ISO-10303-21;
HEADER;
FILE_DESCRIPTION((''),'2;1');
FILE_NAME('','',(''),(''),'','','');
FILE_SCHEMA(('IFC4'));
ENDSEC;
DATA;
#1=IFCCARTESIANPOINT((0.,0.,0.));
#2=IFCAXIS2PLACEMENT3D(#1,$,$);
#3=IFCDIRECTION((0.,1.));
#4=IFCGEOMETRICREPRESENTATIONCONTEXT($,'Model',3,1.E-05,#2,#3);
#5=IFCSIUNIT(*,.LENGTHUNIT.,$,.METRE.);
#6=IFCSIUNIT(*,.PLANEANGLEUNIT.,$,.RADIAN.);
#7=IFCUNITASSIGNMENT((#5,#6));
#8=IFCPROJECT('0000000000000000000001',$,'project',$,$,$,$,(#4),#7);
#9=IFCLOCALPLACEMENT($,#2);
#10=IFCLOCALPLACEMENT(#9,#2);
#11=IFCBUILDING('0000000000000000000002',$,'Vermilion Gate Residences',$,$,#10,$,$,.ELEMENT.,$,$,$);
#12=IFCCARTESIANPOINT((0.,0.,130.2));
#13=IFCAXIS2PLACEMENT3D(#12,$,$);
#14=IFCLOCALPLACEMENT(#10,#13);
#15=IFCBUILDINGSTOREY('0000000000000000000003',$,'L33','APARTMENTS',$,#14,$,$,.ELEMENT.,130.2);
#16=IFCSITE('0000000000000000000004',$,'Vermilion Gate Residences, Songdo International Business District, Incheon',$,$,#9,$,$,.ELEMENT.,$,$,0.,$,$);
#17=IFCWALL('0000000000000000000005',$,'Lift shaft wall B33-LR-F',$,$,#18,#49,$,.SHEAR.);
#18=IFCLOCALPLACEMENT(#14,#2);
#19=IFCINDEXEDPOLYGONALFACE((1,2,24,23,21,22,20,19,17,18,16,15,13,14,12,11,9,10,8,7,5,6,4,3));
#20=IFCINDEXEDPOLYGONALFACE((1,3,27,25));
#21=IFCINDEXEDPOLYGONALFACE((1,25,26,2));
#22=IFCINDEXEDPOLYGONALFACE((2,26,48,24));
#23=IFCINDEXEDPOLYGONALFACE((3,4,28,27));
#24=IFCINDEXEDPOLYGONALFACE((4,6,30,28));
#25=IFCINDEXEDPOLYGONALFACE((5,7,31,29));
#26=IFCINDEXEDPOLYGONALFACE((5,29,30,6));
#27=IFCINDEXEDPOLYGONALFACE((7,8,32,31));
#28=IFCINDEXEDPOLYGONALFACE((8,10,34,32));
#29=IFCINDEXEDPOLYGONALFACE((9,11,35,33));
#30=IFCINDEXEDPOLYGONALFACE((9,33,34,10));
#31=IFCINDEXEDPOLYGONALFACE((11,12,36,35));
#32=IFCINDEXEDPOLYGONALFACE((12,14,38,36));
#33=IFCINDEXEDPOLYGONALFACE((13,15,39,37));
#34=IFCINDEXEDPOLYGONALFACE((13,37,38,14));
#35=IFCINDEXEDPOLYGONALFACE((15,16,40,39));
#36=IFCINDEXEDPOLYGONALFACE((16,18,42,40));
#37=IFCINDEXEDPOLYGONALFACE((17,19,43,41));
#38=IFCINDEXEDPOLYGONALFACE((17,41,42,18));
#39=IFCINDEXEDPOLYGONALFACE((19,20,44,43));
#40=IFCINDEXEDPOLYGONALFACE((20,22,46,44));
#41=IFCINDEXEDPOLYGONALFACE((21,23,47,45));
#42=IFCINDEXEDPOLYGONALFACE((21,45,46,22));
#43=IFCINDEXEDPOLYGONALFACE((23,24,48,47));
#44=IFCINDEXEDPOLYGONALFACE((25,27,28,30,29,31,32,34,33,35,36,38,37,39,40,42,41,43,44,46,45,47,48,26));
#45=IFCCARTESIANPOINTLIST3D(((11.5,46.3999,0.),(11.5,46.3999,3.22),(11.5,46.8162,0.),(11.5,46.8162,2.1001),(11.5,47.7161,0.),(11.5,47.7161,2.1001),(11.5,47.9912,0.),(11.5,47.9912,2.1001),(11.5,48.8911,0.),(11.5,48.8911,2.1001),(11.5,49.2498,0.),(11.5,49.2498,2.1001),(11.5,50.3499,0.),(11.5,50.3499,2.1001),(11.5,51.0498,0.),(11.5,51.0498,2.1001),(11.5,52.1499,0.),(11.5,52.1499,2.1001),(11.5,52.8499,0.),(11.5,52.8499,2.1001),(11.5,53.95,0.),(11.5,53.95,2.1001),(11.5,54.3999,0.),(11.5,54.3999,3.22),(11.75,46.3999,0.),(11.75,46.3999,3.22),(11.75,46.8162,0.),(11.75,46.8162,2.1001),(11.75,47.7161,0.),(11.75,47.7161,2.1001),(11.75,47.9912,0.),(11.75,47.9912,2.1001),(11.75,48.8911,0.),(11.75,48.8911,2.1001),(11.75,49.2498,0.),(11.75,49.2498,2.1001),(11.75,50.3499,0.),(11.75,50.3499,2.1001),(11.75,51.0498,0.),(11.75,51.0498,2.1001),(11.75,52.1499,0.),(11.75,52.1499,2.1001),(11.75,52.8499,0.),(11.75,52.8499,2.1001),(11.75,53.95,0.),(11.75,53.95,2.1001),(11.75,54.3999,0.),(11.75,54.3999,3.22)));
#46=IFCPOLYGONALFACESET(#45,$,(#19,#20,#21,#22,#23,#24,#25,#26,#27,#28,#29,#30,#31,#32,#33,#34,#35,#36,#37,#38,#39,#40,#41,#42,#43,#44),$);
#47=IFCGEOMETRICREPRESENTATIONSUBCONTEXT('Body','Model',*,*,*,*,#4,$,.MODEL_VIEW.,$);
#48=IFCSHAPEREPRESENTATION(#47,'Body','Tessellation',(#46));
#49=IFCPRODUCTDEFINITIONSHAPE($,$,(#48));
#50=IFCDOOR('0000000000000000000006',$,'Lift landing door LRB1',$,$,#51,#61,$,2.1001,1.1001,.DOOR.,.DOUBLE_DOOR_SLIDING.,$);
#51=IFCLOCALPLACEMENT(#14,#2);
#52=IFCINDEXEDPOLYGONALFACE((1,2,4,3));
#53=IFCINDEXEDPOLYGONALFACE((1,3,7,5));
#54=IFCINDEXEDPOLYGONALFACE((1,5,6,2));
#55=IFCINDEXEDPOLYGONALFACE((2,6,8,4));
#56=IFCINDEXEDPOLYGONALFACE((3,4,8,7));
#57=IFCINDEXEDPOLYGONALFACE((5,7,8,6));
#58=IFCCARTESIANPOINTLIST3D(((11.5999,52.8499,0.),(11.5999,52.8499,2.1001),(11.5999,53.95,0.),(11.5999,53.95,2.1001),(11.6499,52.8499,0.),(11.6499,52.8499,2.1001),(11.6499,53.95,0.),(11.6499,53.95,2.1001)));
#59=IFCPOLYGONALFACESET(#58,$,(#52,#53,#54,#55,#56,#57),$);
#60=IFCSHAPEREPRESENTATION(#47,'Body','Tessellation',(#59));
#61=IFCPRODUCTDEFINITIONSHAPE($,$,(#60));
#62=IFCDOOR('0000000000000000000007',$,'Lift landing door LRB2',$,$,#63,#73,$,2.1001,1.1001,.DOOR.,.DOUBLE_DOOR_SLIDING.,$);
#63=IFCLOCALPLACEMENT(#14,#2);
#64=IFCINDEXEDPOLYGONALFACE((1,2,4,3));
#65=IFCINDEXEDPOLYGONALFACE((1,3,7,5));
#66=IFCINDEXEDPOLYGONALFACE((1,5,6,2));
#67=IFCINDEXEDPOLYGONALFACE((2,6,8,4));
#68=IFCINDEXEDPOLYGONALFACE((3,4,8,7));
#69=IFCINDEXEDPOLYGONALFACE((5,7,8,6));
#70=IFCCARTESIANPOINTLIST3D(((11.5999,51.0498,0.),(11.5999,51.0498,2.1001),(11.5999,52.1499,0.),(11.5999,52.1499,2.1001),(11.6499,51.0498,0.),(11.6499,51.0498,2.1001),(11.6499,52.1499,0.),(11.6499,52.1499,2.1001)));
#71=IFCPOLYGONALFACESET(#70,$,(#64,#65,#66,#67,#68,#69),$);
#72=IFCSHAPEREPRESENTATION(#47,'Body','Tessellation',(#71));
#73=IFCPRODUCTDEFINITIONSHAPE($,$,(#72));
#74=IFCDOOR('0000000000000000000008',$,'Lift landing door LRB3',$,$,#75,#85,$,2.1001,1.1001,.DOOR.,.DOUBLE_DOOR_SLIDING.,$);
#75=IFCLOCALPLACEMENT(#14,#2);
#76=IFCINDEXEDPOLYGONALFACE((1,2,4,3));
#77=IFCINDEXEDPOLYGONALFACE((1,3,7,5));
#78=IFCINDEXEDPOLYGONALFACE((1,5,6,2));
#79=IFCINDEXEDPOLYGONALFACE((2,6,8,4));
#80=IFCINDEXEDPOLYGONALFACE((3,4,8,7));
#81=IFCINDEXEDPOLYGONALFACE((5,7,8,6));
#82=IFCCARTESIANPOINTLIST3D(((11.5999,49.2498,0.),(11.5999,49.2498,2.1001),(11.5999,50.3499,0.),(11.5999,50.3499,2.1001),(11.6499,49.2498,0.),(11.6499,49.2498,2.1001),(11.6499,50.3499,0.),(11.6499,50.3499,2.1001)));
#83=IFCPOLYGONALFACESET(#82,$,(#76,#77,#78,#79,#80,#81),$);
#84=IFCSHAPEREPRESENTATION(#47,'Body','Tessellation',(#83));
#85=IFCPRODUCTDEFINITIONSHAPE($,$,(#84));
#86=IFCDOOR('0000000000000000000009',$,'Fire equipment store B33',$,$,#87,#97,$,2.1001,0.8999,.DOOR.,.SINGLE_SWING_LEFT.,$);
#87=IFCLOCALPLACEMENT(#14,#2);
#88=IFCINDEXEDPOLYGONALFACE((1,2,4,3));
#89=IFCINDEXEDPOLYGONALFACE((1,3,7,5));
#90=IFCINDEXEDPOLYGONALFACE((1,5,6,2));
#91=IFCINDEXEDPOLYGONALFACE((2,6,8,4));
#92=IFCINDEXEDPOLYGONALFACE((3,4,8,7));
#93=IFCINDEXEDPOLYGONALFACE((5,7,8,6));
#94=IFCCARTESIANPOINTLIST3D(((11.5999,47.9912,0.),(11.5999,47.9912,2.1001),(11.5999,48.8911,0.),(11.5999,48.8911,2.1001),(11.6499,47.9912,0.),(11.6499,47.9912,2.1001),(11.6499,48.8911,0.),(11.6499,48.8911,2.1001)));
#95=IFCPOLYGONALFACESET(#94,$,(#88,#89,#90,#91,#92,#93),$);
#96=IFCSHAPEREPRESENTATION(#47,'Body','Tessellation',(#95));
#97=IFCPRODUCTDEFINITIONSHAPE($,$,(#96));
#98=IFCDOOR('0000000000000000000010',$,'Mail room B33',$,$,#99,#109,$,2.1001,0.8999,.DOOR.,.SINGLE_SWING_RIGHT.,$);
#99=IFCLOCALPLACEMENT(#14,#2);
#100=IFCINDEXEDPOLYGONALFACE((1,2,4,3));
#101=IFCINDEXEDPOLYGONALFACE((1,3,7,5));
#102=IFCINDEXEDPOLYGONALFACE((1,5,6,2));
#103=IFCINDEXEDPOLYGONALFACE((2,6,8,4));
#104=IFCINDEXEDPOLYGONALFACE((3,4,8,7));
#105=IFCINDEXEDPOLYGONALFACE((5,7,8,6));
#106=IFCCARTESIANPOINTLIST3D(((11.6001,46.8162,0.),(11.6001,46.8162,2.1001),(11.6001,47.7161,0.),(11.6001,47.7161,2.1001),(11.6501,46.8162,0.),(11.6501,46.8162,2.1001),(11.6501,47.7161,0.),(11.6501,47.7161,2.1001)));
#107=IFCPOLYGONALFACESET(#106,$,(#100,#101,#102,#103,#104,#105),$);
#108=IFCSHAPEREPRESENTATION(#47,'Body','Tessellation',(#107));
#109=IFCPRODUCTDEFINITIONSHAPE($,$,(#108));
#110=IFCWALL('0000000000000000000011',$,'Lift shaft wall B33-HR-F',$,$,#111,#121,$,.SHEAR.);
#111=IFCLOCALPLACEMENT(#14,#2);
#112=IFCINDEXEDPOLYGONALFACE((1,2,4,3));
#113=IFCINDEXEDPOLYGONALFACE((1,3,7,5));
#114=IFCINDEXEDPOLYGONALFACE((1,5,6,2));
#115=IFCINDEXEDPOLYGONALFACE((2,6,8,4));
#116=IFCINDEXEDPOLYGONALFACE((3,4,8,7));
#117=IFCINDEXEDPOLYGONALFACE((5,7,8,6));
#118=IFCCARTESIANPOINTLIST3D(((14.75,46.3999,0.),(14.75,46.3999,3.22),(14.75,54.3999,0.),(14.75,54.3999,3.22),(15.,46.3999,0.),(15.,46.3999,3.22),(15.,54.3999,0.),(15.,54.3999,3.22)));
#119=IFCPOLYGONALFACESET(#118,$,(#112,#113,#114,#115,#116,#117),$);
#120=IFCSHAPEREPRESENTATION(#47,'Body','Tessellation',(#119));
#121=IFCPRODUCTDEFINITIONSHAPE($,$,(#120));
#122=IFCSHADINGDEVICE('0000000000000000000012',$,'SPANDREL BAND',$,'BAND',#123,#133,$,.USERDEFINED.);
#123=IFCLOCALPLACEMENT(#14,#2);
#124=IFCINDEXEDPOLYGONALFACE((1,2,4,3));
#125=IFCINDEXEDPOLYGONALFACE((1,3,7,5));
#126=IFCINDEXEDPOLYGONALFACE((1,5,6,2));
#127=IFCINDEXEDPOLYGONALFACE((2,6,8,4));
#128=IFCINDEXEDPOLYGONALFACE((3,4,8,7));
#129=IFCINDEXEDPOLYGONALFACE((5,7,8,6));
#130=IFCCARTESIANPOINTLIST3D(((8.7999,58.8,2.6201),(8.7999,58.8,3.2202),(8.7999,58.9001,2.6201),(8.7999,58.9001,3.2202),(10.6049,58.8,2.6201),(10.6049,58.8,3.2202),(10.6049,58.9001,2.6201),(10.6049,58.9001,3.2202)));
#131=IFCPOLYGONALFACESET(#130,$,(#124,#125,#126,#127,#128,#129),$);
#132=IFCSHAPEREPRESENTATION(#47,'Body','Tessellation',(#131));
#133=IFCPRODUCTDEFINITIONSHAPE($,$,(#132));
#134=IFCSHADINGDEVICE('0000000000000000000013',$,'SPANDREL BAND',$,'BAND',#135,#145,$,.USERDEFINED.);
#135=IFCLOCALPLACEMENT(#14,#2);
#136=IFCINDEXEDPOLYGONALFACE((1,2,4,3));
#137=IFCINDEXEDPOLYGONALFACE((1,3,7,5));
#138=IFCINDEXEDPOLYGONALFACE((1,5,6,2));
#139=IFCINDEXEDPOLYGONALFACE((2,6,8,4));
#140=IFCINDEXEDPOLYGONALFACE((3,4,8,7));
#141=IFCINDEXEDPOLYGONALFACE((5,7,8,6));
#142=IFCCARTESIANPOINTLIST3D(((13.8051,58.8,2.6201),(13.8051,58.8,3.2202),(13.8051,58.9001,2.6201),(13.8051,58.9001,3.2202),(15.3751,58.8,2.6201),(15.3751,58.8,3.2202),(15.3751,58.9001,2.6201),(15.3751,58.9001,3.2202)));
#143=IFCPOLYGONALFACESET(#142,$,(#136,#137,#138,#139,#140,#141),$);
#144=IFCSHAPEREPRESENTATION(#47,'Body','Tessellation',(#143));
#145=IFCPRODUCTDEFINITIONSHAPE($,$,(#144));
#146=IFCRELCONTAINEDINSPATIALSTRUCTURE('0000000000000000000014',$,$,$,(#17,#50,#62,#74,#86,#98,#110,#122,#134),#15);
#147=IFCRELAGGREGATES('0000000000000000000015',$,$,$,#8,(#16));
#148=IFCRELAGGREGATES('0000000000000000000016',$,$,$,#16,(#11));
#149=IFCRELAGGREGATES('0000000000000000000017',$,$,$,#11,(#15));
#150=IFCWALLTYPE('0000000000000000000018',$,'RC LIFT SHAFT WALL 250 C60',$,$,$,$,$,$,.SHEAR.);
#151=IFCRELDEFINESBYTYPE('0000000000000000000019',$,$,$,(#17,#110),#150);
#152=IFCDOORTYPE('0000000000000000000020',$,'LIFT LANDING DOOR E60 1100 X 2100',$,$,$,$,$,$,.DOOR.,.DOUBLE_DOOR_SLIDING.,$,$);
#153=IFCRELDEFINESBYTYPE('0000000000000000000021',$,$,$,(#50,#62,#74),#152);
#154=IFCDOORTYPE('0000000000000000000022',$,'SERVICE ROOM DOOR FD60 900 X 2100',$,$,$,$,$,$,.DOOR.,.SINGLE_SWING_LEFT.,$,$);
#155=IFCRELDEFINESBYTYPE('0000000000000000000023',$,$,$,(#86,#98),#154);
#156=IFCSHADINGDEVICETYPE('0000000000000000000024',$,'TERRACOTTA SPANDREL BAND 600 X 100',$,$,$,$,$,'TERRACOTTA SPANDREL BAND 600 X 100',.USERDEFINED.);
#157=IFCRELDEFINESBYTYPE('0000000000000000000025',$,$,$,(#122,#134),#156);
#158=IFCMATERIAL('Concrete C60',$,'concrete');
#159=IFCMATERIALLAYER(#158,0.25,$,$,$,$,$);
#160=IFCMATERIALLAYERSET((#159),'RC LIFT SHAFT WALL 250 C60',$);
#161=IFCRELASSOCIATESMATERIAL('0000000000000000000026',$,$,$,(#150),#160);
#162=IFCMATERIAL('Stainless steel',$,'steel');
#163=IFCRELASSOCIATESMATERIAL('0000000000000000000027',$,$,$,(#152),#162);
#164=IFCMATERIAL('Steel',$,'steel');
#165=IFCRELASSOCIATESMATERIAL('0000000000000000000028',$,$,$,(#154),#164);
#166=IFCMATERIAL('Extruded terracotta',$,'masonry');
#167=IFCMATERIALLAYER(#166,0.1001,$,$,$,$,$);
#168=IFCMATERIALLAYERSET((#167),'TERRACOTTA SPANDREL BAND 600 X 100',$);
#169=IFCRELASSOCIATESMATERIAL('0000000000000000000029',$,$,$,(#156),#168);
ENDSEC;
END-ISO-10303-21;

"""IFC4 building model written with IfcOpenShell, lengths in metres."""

from ifc_helpers import new_model, si_unit, direction, frame, frame_2d, origin, origin_2d, place, context, subcontext, project, spatial, rectangle, extrude, material, layer, layer_set, type_object, element, fill, save


model = new_model("IFC4")

# Units and contexts
model_context = context("Model", 3, precision=1e-05, world=origin(), true_north=direction((0.0, 1.0)))
body_context = subcontext(model_context, "Body", "Model", "MODEL_VIEW")
ifc_project = project(units=[si_unit("LENGTHUNIT", "METRE"), si_unit("PLANEANGLEUNIT", "RADIAN")], contexts=[model_context])

# Site, building, storey
site_placement = place(None, origin())
site = spatial("IfcSite", under=ifc_project, at=site_placement, Name="Vermilion Gate Residences, Songdo International Business District, Incheon", CompositionType="ELEMENT", RefElevation=0.0)
building_placement = place(site_placement, origin())
building = spatial("IfcBuilding", under=site, at=building_placement, Name="Vermilion Gate Residences", CompositionType="ELEMENT")
storey_placement = place(building_placement, frame((0.0, 0.0, 130.2)))
storey = spatial("IfcBuildingStorey", under=building, at=storey_placement, Name="L33", Description="APARTMENTS", CompositionType="ELEMENT", Elevation=130.2)

# Wall, openings, doors
ifc_material_1 = material(Name="Concrete C60", Category="concrete")
ifc_layer_1 = layer(ifc_material_1, 0.25)
ifc_layer_set_1 = layer_set([ifc_layer_1], Name="RC LIFT SHAFT WALL 250 C60")
wall_type_1 = type_object("IfcWallType", Name="RC LIFT SHAFT WALL 250 C60", PredefinedType="SHEAR", material=ifc_layer_set_1)
wall_1_placement = place(storey_placement, frame((11.625, 54.3999, 0.0), z_axis=(0.0, 0.0, 1.0), x_axis=(0.0, -1.0, 0.0)))
wall_1 = element("IfcWall", 1, at=wall_1_placement, inside=storey, type_object=wall_type_1, Name="Lift shaft wall B33-LR-F", PredefinedType="SHEAR", context=body_context, shape_type="SweptSolid", body=[
    extrude(rectangle(XDim=8.0, YDim=0.25, at=frame_2d((4.0, 0.0))), origin(), (0.0, 0.0, 1.0), 3.22),
])
opening_1_placement = place(wall_1_placement, frame((0.45, 0.0, 0.0)))
opening_1 = element("IfcOpeningElement", 2, at=opening_1_placement, cuts=wall_1, PredefinedType="OPENING", context=body_context, shape_type="SweptSolid", body=[
    extrude(rectangle(XDim=1.1001, YDim=2.1001, at=frame_2d((0.55, 1.05))), frame((0.0, 0.135, 0.0), z_axis=(0.0, -1.0, 0.0), x_axis=(1.0, 0.0, 0.0)), (0.0, 0.0, 1.0), 0.27),
])
opening_2_placement = place(wall_1_placement, frame((2.25, 0.0, 0.0)))
opening_2 = element("IfcOpeningElement", 3, at=opening_2_placement, cuts=wall_1, PredefinedType="OPENING", context=body_context, shape_type="SweptSolid", body=[
    extrude(rectangle(XDim=1.1001, YDim=2.1001, at=frame_2d((0.55, 1.05))), frame((0.0, 0.135, 0.0), z_axis=(0.0, -1.0, 0.0), x_axis=(1.0, 0.0, 0.0)), (0.0, 0.0, 1.0), 0.27),
])
opening_3_placement = place(wall_1_placement, frame((4.05, 0.0, 0.0)))
opening_3 = element("IfcOpeningElement", 4, at=opening_3_placement, cuts=wall_1, PredefinedType="OPENING", context=body_context, shape_type="SweptSolid", body=[
    extrude(rectangle(XDim=1.1001, YDim=2.1001, at=frame_2d((0.55, 1.05))), frame((0.0, 0.135, 0.0), z_axis=(0.0, -1.0, 0.0), x_axis=(1.0, 0.0, 0.0)), (0.0, 0.0, 1.0), 0.27),
])
opening_4_placement = place(wall_1_placement, frame((5.5088, 0.0, 0.0)))
opening_4 = element("IfcOpeningElement", 5, at=opening_4_placement, cuts=wall_1, PredefinedType="OPENING", context=body_context, shape_type="SweptSolid", body=[
    extrude(rectangle(XDim=0.8999, YDim=2.1001, at=frame_2d((0.45, 1.05))), frame((0.0, 0.135, 0.0), z_axis=(0.0, -1.0, 0.0), x_axis=(1.0, 0.0, 0.0)), (0.0, 0.0, 1.0), 0.27),
])
opening_5_placement = place(wall_1_placement, frame((6.6838, 0.0, 0.0)))
opening_5 = element("IfcOpeningElement", 6, at=opening_5_placement, cuts=wall_1, PredefinedType="OPENING", context=body_context, shape_type="SweptSolid", body=[
    extrude(rectangle(XDim=0.8999, YDim=2.1001, at=frame_2d((0.45, 1.05))), frame((0.0, 0.135, 0.0), z_axis=(0.0, -1.0, 0.0), x_axis=(1.0, 0.0, 0.0)), (0.0, 0.0, 1.0), 0.27),
])
ifc_material_2 = material(Name="Stainless steel", Category="steel")
door_type_1 = type_object("IfcDoorType", Name="LIFT LANDING DOOR E60 1100 X 2100", OperationType="DOUBLE_DOOR_SLIDING", PredefinedType="DOOR", material=ifc_material_2)
door_1_placement = place(opening_1_placement, origin())
door_1 = element("IfcDoor", 7, at=door_1_placement, inside=storey, type_object=door_type_1, Name="Lift landing door LRB1", OperationType="DOUBLE_DOOR_SLIDING", OverallHeight=2.1001, OverallWidth=1.1001, PredefinedType="DOOR", context=body_context, shape_type="SweptSolid", body=[
    extrude(rectangle(XDim=1.1001, YDim=2.1001, at=frame_2d((0.55, 1.05))), frame((0.0, 0.0249, 0.0), z_axis=(0.0, -1.0, 0.0), x_axis=(1.0, 0.0, 0.0)), (0.0, 0.0, 1.0), 0.05),
])
fill(opening_1, door_1)
door_2_placement = place(opening_2_placement, origin())
door_2 = element("IfcDoor", 8, at=door_2_placement, inside=storey, type_object=door_type_1, Name="Lift landing door LRB2", OperationType="DOUBLE_DOOR_SLIDING", OverallHeight=2.1001, OverallWidth=1.1001, PredefinedType="DOOR", context=body_context, shape_type="SweptSolid", body=[
    extrude(rectangle(XDim=1.1001, YDim=2.1001, at=frame_2d((0.55, 1.05))), frame((0.0, 0.0249, 0.0), z_axis=(0.0, -1.0, 0.0), x_axis=(1.0, 0.0, 0.0)), (0.0, 0.0, 1.0), 0.05),
])
fill(opening_2, door_2)
door_3_placement = place(opening_3_placement, origin())
door_3 = element("IfcDoor", 9, at=door_3_placement, inside=storey, type_object=door_type_1, Name="Lift landing door LRB3", OperationType="DOUBLE_DOOR_SLIDING", OverallHeight=2.1001, OverallWidth=1.1001, PredefinedType="DOOR", context=body_context, shape_type="SweptSolid", body=[
    extrude(rectangle(XDim=1.1001, YDim=2.1001, at=frame_2d((0.55, 1.05))), frame((0.0, 0.0249, 0.0), z_axis=(0.0, -1.0, 0.0), x_axis=(1.0, 0.0, 0.0)), (0.0, 0.0, 1.0), 0.05),
])
fill(opening_3, door_3)
ifc_material_3 = material(Name="Steel", Category="steel")
door_type_2 = type_object("IfcDoorType", Name="SERVICE ROOM DOOR FD60 900 X 2100", OperationType="SINGLE_SWING_LEFT", PredefinedType="DOOR", material=ifc_material_3)
door_4_placement = place(opening_4_placement, origin())
door_4 = element("IfcDoor", 10, at=door_4_placement, inside=storey, type_object=door_type_2, Name="Fire equipment store B33", OperationType="SINGLE_SWING_LEFT", OverallHeight=2.1001, OverallWidth=0.8999, PredefinedType="DOOR", context=body_context, shape_type="SweptSolid", body=[
    extrude(rectangle(XDim=0.8999, YDim=2.1001, at=frame_2d((0.45, 1.05))), frame((0.0, 0.0249, 0.0), z_axis=(0.0, -1.0, 0.0), x_axis=(1.0, 0.0, 0.0)), (0.0, 0.0, 1.0), 0.05),
])
fill(opening_4, door_4)
door_5_placement = place(opening_5_placement, frame((0.8999, 0.0, 0.0), z_axis=(0.0, 0.0, 1.0), x_axis=(-1.0, 0.0, 0.0)))
door_5 = element("IfcDoor", 11, at=door_5_placement, inside=storey, type_object=door_type_2, Name="Mail room B33", OperationType="SINGLE_SWING_RIGHT", OverallHeight=2.1001, OverallWidth=0.8999, PredefinedType="DOOR", context=body_context, shape_type="SweptSolid", body=[
    extrude(rectangle(XDim=0.8999, YDim=2.1001, at=frame_2d((0.45, 1.05))), frame((0.0, 0.0249, 0.0), z_axis=(0.0, -1.0, 0.0), x_axis=(1.0, 0.0, 0.0)), (0.0, 0.0, 1.0), 0.05),
])
fill(opening_5, door_5)

# Wall
wall_2_placement = place(storey_placement, frame((14.875, 54.3999, 0.0), z_axis=(0.0, 0.0, 1.0), x_axis=(0.0, -1.0, 0.0)))
element("IfcWall", 12, at=wall_2_placement, inside=storey, type_object=wall_type_1, Name="Lift shaft wall B33-HR-F", PredefinedType="SHEAR", context=body_context, shape_type="SweptSolid", body=[
    extrude(rectangle(XDim=8.0, YDim=0.25, at=frame_2d((4.0, 0.0))), origin(), (0.0, 0.0, 1.0), 3.22),
])

# Shading devices
ifc_material_4 = material(Name="Extruded terracotta", Category="masonry")
ifc_layer_2 = layer(ifc_material_4, 0.1001)
ifc_layer_set_2 = layer_set([ifc_layer_2], Name="TERRACOTTA SPANDREL BAND 600 X 100")
shading_device_type = type_object("IfcShadingDeviceType", Name="TERRACOTTA SPANDREL BAND 600 X 100", ElementType="TERRACOTTA SPANDREL BAND 600 X 100", PredefinedType="USERDEFINED", material=ifc_layer_set_2)
shading_device_1_placement = place(storey_placement, frame((9.7024, 58.8501, 2.6201), z_axis=(0.0, 0.0, 1.0), x_axis=(1.0, 0.0, 0.0)))
element("IfcShadingDevice", 13, at=shading_device_1_placement, inside=storey, type_object=shading_device_type, Name="SPANDREL BAND", ObjectType="BAND", PredefinedType="USERDEFINED", context=body_context, shape_type="SweptSolid", body=[
    extrude(rectangle(XDim=1.8049, YDim=0.1001, at=origin_2d()), origin(), (0.0, 0.0, 1.0), 0.6001),
])
shading_device_2_placement = place(storey_placement, frame((14.5901, 58.8501, 2.6201), z_axis=(0.0, 0.0, 1.0), x_axis=(1.0, 0.0, 0.0)))
element("IfcShadingDevice", 14, at=shading_device_2_placement, inside=storey, type_object=shading_device_type, Name="SPANDREL BAND", ObjectType="BAND", PredefinedType="USERDEFINED", context=body_context, shape_type="SweptSolid", body=[
    extrude(rectangle(XDim=1.5701, YDim=0.1001, at=origin_2d()), origin(), (0.0, 0.0, 1.0), 0.6001),
])

save(model, "model.ifc")
